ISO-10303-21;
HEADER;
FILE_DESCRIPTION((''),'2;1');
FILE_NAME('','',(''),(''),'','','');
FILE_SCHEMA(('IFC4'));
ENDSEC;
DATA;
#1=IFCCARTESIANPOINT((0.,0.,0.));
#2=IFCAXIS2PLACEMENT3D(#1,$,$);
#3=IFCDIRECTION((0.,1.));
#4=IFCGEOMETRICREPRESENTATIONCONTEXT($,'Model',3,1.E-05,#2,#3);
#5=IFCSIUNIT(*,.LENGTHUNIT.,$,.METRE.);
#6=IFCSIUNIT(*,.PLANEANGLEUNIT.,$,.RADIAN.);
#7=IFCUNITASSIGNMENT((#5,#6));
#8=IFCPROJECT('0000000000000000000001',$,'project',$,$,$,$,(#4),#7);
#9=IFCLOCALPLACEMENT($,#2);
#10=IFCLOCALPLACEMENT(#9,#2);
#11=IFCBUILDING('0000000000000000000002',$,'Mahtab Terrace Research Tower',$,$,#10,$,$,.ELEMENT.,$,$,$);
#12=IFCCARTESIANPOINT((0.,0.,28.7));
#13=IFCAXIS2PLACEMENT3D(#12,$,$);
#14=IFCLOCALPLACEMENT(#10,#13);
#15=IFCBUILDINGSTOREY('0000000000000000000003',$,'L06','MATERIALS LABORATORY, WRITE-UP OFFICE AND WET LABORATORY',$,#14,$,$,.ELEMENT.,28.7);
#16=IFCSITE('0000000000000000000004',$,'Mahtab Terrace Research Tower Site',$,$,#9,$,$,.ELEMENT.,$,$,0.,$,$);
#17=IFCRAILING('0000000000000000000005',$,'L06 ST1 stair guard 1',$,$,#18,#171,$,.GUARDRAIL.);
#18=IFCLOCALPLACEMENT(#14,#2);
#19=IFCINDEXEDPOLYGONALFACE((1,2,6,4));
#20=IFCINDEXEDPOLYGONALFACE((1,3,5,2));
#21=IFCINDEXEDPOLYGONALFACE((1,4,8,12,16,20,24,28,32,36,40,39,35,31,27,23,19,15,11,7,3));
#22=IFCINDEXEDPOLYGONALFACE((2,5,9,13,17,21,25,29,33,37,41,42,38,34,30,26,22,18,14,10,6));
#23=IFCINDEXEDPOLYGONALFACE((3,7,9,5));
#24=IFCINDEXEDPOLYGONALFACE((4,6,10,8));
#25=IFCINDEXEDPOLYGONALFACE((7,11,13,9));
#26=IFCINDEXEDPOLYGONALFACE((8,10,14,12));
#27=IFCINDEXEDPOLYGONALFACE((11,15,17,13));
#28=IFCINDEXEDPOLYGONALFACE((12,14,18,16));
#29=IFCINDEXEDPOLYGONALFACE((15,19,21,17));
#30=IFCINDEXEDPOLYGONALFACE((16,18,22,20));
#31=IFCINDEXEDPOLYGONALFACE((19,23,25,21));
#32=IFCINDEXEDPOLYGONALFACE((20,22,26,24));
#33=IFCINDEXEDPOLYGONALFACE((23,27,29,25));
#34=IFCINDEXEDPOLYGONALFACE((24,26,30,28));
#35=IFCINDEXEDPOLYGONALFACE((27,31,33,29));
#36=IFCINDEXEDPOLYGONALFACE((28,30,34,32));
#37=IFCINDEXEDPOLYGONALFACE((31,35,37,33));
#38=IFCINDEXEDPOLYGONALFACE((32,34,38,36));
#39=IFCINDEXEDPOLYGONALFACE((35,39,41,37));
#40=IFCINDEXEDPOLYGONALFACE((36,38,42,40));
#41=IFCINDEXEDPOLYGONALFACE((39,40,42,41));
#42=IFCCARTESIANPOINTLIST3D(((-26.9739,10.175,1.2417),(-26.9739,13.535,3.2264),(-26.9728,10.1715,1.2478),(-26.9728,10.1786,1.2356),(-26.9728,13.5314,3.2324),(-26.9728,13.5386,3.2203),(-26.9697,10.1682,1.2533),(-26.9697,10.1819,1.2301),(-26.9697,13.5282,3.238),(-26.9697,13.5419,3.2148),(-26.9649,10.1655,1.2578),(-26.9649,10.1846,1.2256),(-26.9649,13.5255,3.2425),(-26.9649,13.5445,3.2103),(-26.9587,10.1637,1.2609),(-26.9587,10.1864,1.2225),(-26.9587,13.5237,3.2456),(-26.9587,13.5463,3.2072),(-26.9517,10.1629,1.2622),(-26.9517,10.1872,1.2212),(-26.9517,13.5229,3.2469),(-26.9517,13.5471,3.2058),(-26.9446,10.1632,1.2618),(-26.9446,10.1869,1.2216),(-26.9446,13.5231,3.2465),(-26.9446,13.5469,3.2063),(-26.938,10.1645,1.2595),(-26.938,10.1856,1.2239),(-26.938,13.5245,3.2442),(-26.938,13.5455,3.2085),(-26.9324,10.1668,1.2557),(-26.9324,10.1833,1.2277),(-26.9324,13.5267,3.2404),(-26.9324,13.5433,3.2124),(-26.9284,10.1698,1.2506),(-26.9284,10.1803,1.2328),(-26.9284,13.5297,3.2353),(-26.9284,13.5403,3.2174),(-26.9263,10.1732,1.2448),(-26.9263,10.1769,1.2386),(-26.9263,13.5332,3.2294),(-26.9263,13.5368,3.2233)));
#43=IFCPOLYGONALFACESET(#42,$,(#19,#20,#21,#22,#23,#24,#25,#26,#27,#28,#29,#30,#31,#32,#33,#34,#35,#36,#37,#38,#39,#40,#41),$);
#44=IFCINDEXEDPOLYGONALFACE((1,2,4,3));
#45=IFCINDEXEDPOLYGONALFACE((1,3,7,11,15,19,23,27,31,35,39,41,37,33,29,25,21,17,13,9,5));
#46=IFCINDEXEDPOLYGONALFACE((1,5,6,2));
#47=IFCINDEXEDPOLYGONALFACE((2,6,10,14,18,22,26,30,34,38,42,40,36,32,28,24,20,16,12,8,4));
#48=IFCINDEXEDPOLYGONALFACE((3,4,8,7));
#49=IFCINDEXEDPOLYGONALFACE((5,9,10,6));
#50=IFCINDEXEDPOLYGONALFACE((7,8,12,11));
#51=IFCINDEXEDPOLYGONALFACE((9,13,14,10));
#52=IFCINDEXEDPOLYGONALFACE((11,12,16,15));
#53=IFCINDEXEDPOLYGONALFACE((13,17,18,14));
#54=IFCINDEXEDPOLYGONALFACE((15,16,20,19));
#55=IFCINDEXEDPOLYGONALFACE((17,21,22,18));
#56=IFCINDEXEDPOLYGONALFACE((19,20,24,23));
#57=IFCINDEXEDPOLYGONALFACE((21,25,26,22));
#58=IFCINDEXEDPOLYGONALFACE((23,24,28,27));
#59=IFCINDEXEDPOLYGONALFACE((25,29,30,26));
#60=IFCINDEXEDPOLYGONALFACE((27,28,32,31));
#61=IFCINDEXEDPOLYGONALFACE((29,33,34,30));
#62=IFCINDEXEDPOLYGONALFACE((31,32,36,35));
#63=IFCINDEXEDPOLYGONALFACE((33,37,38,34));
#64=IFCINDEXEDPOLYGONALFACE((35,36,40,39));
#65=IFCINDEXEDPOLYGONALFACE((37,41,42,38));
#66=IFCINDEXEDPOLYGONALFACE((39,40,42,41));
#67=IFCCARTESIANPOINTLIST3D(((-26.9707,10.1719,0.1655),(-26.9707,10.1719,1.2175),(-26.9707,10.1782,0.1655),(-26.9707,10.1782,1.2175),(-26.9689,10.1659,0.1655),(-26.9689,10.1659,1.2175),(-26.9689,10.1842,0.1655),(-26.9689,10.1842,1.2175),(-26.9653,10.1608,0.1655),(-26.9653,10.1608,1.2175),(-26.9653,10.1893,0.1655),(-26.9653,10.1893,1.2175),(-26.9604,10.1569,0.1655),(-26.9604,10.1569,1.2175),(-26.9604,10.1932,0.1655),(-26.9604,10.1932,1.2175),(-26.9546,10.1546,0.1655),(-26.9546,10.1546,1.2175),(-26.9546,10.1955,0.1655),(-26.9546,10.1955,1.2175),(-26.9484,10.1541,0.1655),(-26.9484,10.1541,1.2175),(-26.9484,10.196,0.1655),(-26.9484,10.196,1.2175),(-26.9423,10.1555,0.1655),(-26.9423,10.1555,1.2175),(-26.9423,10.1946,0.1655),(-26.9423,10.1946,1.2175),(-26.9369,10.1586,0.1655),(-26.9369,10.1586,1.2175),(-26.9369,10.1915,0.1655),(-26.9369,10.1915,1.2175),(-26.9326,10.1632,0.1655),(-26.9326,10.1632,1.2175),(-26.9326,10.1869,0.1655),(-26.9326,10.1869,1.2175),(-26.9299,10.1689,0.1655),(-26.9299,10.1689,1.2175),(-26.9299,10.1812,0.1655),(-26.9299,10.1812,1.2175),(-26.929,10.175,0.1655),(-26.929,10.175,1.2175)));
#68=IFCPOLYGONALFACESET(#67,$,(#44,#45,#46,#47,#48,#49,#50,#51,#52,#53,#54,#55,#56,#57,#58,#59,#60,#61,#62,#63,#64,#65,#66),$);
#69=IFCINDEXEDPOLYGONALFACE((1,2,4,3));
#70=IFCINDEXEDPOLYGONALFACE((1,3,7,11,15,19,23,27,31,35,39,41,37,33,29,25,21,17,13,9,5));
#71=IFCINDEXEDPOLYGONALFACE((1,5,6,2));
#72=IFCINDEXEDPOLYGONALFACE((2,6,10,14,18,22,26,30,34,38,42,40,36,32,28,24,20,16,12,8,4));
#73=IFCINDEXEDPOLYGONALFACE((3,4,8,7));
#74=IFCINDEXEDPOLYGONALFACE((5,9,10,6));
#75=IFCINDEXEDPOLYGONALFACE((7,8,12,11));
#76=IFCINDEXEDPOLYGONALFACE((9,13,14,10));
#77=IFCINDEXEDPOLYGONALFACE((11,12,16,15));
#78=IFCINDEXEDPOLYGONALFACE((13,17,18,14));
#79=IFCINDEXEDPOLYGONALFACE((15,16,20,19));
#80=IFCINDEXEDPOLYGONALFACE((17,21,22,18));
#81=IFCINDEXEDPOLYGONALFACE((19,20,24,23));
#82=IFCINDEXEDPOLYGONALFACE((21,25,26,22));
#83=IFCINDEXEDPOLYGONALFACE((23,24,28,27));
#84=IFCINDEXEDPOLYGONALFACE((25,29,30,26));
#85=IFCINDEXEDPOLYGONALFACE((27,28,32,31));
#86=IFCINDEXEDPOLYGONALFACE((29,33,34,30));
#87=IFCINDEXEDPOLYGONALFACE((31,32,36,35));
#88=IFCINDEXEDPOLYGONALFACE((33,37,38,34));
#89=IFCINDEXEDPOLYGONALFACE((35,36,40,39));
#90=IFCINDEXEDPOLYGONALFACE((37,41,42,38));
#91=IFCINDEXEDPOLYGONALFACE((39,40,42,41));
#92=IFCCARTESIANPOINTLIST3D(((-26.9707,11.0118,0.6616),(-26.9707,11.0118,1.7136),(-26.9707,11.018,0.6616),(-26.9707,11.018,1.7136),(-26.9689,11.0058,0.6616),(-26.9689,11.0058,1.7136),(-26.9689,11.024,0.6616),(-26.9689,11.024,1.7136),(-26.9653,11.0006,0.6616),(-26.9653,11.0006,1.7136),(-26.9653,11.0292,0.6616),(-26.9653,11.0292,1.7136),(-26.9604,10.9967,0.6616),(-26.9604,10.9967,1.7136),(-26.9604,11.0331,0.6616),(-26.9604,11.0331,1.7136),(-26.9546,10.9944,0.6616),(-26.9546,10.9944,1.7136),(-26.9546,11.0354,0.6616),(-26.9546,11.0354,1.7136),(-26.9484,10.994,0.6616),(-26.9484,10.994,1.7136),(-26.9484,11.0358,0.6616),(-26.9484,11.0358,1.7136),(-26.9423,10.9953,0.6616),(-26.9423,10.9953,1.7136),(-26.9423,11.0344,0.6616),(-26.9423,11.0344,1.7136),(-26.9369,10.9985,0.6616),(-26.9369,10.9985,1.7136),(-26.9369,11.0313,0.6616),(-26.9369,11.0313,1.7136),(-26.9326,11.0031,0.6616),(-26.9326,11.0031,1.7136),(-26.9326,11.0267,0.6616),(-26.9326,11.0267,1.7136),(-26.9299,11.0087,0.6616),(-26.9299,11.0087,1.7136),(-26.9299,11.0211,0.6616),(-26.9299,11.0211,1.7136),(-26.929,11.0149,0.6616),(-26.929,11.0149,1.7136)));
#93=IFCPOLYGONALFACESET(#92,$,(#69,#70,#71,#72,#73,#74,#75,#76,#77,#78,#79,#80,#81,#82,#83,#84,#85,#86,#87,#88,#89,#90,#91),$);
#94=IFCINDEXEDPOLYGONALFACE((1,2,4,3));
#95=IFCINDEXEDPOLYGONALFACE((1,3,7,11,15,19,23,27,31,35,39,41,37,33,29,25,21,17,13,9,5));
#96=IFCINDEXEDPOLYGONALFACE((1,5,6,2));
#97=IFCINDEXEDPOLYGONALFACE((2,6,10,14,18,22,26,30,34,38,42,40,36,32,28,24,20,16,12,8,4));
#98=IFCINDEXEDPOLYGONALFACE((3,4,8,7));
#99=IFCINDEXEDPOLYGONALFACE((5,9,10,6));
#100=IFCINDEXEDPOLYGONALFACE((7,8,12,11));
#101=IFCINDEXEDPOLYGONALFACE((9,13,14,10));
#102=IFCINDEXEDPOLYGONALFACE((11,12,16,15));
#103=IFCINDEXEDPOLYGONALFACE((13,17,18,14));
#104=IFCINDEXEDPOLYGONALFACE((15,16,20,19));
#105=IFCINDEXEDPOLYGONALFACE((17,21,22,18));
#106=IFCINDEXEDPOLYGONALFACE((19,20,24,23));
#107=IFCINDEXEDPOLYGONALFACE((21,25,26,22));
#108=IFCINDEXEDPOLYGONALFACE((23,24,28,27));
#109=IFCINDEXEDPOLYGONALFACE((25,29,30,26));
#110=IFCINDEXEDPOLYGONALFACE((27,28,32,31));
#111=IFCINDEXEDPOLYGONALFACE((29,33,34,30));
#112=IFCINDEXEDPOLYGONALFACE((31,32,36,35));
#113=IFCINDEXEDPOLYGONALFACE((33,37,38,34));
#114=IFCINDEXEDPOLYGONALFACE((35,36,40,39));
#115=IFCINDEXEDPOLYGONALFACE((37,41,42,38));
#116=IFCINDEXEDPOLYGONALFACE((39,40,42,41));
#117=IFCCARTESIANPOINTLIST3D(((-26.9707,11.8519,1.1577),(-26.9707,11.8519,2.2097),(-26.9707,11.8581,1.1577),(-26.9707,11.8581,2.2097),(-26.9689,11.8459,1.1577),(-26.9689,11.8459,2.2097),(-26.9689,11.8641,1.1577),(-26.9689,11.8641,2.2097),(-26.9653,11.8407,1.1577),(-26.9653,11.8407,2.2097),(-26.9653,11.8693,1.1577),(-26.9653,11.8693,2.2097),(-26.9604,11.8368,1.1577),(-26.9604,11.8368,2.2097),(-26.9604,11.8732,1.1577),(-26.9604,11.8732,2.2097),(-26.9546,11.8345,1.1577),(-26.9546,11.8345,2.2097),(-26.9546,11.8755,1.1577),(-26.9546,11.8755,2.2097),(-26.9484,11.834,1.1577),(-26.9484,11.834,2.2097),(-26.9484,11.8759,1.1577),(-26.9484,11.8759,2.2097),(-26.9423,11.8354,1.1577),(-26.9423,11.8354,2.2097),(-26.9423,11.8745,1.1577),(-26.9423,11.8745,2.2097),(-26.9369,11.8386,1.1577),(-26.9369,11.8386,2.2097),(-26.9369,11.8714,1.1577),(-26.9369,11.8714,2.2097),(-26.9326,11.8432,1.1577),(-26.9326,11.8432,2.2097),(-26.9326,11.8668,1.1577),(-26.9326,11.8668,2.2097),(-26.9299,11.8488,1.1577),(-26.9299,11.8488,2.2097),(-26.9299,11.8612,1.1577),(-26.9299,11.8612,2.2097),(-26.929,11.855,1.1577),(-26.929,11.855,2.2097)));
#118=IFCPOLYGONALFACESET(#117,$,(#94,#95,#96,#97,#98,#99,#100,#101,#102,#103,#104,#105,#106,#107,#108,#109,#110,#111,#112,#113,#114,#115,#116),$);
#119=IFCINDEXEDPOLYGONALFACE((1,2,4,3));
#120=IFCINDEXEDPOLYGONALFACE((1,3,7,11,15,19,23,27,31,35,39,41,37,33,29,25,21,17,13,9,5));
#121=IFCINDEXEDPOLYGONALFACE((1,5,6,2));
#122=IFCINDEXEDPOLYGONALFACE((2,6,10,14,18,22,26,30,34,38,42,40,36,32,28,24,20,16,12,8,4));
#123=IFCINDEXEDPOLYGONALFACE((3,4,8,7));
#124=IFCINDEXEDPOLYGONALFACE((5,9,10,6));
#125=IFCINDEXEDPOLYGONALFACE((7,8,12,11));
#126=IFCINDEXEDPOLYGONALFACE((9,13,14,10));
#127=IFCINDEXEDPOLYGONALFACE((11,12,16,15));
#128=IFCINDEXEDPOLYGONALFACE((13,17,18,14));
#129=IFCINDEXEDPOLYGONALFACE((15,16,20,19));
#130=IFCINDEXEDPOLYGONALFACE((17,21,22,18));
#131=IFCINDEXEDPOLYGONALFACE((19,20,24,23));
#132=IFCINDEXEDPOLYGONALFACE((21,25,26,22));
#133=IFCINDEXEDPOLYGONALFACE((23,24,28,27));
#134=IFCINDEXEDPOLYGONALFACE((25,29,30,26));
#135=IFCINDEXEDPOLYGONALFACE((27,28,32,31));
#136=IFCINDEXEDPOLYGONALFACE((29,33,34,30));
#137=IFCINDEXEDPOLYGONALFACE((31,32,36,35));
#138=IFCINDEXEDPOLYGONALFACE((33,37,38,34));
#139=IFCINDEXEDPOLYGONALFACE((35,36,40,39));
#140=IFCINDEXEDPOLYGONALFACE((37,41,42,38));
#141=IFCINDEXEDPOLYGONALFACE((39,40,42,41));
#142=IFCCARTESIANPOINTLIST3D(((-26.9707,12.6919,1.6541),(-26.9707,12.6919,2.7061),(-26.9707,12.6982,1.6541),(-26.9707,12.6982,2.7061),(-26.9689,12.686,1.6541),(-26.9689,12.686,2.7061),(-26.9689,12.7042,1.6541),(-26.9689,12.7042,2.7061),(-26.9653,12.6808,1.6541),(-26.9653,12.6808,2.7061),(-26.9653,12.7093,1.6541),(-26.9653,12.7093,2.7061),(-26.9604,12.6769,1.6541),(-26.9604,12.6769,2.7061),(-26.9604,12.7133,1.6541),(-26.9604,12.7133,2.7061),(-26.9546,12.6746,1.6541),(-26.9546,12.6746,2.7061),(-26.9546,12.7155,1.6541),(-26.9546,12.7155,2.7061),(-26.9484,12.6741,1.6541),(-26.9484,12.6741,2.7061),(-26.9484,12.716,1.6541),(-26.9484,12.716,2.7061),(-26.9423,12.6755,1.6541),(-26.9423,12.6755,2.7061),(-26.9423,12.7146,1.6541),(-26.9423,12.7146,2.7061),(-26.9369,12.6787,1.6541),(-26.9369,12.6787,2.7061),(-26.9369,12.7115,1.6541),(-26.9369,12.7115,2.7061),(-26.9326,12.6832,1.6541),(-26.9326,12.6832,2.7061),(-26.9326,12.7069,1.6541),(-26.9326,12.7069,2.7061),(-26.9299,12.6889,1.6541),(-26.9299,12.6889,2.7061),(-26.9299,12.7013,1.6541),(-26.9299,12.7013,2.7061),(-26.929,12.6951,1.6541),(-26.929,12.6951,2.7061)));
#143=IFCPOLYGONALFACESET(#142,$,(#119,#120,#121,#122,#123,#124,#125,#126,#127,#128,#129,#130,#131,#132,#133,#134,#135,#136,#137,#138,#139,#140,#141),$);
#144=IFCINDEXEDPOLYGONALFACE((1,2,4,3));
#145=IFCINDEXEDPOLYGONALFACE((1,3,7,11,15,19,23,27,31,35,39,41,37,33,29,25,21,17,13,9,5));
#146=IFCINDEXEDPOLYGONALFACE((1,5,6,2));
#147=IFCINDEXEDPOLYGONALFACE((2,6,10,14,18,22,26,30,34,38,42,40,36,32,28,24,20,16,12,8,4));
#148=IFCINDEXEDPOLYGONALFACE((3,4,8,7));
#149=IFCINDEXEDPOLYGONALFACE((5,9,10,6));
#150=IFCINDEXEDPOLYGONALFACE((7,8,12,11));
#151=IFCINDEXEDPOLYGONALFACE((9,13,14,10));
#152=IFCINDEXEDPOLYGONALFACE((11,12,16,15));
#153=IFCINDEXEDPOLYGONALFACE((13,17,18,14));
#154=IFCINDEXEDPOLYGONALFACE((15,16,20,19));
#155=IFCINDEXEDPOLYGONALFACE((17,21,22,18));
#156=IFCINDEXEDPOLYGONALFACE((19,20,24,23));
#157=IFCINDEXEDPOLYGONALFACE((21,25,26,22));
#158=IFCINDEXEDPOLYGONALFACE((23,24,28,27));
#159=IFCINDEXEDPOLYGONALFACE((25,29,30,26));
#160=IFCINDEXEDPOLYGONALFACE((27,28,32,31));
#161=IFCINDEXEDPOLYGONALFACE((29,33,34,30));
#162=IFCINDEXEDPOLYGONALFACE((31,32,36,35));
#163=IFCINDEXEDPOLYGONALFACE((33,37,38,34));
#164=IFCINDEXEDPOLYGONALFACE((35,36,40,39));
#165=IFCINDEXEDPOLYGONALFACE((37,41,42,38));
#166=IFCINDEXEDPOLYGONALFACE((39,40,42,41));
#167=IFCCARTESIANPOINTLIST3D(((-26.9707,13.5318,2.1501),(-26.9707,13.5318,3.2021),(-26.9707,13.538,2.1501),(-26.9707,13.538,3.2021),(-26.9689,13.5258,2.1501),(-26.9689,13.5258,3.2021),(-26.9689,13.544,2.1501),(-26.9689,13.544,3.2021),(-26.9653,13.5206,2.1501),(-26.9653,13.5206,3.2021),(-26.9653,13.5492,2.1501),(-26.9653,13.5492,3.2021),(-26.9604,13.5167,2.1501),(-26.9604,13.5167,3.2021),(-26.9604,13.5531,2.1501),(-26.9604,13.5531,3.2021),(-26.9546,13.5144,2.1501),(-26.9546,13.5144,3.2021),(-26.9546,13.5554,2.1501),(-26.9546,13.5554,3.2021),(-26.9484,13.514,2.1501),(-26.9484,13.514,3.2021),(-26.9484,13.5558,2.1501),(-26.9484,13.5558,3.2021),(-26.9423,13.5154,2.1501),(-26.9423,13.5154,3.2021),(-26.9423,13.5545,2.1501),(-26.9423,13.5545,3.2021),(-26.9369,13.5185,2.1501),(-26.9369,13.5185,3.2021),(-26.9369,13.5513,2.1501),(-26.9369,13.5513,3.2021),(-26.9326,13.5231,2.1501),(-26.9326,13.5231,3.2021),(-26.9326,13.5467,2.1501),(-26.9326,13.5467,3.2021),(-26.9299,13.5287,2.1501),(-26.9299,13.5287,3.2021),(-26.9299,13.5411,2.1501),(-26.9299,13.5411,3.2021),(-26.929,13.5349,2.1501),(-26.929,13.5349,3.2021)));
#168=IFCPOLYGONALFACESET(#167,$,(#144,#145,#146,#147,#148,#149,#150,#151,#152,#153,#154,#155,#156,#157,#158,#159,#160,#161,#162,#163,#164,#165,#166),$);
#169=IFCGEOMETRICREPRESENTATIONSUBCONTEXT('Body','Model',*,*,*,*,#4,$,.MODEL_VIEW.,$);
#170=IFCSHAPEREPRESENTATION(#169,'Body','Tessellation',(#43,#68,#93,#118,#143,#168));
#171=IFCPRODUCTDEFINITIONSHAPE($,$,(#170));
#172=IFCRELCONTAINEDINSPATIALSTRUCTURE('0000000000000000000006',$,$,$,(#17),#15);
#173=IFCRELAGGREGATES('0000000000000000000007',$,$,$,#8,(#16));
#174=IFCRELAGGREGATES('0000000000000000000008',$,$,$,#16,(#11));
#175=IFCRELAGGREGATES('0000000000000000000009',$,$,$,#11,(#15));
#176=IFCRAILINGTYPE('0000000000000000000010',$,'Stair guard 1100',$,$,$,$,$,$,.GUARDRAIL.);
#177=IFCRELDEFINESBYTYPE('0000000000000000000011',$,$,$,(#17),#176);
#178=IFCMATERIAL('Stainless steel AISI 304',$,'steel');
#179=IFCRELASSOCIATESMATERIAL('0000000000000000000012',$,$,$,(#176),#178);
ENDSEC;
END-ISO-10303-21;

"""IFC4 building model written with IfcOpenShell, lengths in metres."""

from ifc_helpers import new_model, si_unit, direction, frame, origin, origin_2d, place, context, subcontext, project, spatial, circle, extrude, material, type_object, element, save


model = new_model("IFC4")

# Units and contexts
model_context = context("Model", 3, precision=1e-05, world=origin(), true_north=direction((0.0, 1.0)))
body_context = subcontext(model_context, "Body", "Model", "MODEL_VIEW")
ifc_project = project(units=[si_unit("LENGTHUNIT", "METRE"), si_unit("PLANEANGLEUNIT", "RADIAN")], contexts=[model_context])

# Site, building, storey
site_placement = place(None, origin())
site = spatial("IfcSite", under=ifc_project, at=site_placement, Name="Mahtab Terrace Research Tower Site", CompositionType="ELEMENT", RefElevation=0.0)
building_placement = place(site_placement, origin())
building = spatial("IfcBuilding", under=site, at=building_placement, Name="Mahtab Terrace Research Tower", CompositionType="ELEMENT")
storey_placement = place(building_placement, frame((0.0, 0.0, 28.7)))
storey = spatial("IfcBuildingStorey", under=building, at=storey_placement, Name="L06", Description="MATERIALS LABORATORY, WRITE-UP OFFICE AND WET LABORATORY", CompositionType="ELEMENT", Elevation=28.7)

# Railing
ifc_material_1 = material(Name="Stainless steel AISI 304", Category="steel")
railing_type_1 = type_object("IfcRailingType", Name="Stair guard 1100", PredefinedType="GUARDRAIL", material=ifc_material_1)
railing_1_placement = place(storey_placement, frame((-26.95, 10.175, 0.1655)))
element("IfcRailing", 1, at=railing_1_placement, inside=storey, type_object=railing_type_1, Name="L06 ST1 stair guard 1", PredefinedType="GUARDRAIL", context=body_context, shape_type="SweptSolid", body=[
    extrude(circle(Radius=0.0239, at=origin_2d()), frame((0.0, 0.0, 1.0762), z_axis=(0.0, 0.861011, 0.508586), x_axis=(-1.0, 0.0, 0.0)), (0.0, 0.0, 1.0), 3.9023),
    extrude(circle(Radius=0.021, at=origin_2d()), origin(), (0.0, 0.0, 1.0), 1.052),
    extrude(circle(Radius=0.021, at=origin_2d()), frame((0.0, 0.8398, 0.4961)), (0.0, 0.0, 1.0), 1.052),
    extrude(circle(Radius=0.021, at=origin_2d()), frame((0.0, 1.6799, 0.9922)), (0.0, 0.0, 1.0), 1.052),
    extrude(circle(Radius=0.021, at=origin_2d()), frame((0.0, 2.52, 1.4885)), (0.0, 0.0, 1.0), 1.052),
    extrude(circle(Radius=0.021, at=origin_2d()), frame((0.0, 3.3599, 1.9846)), (0.0, 0.0, 1.0), 1.052),
])

save(model, "model.ifc")
